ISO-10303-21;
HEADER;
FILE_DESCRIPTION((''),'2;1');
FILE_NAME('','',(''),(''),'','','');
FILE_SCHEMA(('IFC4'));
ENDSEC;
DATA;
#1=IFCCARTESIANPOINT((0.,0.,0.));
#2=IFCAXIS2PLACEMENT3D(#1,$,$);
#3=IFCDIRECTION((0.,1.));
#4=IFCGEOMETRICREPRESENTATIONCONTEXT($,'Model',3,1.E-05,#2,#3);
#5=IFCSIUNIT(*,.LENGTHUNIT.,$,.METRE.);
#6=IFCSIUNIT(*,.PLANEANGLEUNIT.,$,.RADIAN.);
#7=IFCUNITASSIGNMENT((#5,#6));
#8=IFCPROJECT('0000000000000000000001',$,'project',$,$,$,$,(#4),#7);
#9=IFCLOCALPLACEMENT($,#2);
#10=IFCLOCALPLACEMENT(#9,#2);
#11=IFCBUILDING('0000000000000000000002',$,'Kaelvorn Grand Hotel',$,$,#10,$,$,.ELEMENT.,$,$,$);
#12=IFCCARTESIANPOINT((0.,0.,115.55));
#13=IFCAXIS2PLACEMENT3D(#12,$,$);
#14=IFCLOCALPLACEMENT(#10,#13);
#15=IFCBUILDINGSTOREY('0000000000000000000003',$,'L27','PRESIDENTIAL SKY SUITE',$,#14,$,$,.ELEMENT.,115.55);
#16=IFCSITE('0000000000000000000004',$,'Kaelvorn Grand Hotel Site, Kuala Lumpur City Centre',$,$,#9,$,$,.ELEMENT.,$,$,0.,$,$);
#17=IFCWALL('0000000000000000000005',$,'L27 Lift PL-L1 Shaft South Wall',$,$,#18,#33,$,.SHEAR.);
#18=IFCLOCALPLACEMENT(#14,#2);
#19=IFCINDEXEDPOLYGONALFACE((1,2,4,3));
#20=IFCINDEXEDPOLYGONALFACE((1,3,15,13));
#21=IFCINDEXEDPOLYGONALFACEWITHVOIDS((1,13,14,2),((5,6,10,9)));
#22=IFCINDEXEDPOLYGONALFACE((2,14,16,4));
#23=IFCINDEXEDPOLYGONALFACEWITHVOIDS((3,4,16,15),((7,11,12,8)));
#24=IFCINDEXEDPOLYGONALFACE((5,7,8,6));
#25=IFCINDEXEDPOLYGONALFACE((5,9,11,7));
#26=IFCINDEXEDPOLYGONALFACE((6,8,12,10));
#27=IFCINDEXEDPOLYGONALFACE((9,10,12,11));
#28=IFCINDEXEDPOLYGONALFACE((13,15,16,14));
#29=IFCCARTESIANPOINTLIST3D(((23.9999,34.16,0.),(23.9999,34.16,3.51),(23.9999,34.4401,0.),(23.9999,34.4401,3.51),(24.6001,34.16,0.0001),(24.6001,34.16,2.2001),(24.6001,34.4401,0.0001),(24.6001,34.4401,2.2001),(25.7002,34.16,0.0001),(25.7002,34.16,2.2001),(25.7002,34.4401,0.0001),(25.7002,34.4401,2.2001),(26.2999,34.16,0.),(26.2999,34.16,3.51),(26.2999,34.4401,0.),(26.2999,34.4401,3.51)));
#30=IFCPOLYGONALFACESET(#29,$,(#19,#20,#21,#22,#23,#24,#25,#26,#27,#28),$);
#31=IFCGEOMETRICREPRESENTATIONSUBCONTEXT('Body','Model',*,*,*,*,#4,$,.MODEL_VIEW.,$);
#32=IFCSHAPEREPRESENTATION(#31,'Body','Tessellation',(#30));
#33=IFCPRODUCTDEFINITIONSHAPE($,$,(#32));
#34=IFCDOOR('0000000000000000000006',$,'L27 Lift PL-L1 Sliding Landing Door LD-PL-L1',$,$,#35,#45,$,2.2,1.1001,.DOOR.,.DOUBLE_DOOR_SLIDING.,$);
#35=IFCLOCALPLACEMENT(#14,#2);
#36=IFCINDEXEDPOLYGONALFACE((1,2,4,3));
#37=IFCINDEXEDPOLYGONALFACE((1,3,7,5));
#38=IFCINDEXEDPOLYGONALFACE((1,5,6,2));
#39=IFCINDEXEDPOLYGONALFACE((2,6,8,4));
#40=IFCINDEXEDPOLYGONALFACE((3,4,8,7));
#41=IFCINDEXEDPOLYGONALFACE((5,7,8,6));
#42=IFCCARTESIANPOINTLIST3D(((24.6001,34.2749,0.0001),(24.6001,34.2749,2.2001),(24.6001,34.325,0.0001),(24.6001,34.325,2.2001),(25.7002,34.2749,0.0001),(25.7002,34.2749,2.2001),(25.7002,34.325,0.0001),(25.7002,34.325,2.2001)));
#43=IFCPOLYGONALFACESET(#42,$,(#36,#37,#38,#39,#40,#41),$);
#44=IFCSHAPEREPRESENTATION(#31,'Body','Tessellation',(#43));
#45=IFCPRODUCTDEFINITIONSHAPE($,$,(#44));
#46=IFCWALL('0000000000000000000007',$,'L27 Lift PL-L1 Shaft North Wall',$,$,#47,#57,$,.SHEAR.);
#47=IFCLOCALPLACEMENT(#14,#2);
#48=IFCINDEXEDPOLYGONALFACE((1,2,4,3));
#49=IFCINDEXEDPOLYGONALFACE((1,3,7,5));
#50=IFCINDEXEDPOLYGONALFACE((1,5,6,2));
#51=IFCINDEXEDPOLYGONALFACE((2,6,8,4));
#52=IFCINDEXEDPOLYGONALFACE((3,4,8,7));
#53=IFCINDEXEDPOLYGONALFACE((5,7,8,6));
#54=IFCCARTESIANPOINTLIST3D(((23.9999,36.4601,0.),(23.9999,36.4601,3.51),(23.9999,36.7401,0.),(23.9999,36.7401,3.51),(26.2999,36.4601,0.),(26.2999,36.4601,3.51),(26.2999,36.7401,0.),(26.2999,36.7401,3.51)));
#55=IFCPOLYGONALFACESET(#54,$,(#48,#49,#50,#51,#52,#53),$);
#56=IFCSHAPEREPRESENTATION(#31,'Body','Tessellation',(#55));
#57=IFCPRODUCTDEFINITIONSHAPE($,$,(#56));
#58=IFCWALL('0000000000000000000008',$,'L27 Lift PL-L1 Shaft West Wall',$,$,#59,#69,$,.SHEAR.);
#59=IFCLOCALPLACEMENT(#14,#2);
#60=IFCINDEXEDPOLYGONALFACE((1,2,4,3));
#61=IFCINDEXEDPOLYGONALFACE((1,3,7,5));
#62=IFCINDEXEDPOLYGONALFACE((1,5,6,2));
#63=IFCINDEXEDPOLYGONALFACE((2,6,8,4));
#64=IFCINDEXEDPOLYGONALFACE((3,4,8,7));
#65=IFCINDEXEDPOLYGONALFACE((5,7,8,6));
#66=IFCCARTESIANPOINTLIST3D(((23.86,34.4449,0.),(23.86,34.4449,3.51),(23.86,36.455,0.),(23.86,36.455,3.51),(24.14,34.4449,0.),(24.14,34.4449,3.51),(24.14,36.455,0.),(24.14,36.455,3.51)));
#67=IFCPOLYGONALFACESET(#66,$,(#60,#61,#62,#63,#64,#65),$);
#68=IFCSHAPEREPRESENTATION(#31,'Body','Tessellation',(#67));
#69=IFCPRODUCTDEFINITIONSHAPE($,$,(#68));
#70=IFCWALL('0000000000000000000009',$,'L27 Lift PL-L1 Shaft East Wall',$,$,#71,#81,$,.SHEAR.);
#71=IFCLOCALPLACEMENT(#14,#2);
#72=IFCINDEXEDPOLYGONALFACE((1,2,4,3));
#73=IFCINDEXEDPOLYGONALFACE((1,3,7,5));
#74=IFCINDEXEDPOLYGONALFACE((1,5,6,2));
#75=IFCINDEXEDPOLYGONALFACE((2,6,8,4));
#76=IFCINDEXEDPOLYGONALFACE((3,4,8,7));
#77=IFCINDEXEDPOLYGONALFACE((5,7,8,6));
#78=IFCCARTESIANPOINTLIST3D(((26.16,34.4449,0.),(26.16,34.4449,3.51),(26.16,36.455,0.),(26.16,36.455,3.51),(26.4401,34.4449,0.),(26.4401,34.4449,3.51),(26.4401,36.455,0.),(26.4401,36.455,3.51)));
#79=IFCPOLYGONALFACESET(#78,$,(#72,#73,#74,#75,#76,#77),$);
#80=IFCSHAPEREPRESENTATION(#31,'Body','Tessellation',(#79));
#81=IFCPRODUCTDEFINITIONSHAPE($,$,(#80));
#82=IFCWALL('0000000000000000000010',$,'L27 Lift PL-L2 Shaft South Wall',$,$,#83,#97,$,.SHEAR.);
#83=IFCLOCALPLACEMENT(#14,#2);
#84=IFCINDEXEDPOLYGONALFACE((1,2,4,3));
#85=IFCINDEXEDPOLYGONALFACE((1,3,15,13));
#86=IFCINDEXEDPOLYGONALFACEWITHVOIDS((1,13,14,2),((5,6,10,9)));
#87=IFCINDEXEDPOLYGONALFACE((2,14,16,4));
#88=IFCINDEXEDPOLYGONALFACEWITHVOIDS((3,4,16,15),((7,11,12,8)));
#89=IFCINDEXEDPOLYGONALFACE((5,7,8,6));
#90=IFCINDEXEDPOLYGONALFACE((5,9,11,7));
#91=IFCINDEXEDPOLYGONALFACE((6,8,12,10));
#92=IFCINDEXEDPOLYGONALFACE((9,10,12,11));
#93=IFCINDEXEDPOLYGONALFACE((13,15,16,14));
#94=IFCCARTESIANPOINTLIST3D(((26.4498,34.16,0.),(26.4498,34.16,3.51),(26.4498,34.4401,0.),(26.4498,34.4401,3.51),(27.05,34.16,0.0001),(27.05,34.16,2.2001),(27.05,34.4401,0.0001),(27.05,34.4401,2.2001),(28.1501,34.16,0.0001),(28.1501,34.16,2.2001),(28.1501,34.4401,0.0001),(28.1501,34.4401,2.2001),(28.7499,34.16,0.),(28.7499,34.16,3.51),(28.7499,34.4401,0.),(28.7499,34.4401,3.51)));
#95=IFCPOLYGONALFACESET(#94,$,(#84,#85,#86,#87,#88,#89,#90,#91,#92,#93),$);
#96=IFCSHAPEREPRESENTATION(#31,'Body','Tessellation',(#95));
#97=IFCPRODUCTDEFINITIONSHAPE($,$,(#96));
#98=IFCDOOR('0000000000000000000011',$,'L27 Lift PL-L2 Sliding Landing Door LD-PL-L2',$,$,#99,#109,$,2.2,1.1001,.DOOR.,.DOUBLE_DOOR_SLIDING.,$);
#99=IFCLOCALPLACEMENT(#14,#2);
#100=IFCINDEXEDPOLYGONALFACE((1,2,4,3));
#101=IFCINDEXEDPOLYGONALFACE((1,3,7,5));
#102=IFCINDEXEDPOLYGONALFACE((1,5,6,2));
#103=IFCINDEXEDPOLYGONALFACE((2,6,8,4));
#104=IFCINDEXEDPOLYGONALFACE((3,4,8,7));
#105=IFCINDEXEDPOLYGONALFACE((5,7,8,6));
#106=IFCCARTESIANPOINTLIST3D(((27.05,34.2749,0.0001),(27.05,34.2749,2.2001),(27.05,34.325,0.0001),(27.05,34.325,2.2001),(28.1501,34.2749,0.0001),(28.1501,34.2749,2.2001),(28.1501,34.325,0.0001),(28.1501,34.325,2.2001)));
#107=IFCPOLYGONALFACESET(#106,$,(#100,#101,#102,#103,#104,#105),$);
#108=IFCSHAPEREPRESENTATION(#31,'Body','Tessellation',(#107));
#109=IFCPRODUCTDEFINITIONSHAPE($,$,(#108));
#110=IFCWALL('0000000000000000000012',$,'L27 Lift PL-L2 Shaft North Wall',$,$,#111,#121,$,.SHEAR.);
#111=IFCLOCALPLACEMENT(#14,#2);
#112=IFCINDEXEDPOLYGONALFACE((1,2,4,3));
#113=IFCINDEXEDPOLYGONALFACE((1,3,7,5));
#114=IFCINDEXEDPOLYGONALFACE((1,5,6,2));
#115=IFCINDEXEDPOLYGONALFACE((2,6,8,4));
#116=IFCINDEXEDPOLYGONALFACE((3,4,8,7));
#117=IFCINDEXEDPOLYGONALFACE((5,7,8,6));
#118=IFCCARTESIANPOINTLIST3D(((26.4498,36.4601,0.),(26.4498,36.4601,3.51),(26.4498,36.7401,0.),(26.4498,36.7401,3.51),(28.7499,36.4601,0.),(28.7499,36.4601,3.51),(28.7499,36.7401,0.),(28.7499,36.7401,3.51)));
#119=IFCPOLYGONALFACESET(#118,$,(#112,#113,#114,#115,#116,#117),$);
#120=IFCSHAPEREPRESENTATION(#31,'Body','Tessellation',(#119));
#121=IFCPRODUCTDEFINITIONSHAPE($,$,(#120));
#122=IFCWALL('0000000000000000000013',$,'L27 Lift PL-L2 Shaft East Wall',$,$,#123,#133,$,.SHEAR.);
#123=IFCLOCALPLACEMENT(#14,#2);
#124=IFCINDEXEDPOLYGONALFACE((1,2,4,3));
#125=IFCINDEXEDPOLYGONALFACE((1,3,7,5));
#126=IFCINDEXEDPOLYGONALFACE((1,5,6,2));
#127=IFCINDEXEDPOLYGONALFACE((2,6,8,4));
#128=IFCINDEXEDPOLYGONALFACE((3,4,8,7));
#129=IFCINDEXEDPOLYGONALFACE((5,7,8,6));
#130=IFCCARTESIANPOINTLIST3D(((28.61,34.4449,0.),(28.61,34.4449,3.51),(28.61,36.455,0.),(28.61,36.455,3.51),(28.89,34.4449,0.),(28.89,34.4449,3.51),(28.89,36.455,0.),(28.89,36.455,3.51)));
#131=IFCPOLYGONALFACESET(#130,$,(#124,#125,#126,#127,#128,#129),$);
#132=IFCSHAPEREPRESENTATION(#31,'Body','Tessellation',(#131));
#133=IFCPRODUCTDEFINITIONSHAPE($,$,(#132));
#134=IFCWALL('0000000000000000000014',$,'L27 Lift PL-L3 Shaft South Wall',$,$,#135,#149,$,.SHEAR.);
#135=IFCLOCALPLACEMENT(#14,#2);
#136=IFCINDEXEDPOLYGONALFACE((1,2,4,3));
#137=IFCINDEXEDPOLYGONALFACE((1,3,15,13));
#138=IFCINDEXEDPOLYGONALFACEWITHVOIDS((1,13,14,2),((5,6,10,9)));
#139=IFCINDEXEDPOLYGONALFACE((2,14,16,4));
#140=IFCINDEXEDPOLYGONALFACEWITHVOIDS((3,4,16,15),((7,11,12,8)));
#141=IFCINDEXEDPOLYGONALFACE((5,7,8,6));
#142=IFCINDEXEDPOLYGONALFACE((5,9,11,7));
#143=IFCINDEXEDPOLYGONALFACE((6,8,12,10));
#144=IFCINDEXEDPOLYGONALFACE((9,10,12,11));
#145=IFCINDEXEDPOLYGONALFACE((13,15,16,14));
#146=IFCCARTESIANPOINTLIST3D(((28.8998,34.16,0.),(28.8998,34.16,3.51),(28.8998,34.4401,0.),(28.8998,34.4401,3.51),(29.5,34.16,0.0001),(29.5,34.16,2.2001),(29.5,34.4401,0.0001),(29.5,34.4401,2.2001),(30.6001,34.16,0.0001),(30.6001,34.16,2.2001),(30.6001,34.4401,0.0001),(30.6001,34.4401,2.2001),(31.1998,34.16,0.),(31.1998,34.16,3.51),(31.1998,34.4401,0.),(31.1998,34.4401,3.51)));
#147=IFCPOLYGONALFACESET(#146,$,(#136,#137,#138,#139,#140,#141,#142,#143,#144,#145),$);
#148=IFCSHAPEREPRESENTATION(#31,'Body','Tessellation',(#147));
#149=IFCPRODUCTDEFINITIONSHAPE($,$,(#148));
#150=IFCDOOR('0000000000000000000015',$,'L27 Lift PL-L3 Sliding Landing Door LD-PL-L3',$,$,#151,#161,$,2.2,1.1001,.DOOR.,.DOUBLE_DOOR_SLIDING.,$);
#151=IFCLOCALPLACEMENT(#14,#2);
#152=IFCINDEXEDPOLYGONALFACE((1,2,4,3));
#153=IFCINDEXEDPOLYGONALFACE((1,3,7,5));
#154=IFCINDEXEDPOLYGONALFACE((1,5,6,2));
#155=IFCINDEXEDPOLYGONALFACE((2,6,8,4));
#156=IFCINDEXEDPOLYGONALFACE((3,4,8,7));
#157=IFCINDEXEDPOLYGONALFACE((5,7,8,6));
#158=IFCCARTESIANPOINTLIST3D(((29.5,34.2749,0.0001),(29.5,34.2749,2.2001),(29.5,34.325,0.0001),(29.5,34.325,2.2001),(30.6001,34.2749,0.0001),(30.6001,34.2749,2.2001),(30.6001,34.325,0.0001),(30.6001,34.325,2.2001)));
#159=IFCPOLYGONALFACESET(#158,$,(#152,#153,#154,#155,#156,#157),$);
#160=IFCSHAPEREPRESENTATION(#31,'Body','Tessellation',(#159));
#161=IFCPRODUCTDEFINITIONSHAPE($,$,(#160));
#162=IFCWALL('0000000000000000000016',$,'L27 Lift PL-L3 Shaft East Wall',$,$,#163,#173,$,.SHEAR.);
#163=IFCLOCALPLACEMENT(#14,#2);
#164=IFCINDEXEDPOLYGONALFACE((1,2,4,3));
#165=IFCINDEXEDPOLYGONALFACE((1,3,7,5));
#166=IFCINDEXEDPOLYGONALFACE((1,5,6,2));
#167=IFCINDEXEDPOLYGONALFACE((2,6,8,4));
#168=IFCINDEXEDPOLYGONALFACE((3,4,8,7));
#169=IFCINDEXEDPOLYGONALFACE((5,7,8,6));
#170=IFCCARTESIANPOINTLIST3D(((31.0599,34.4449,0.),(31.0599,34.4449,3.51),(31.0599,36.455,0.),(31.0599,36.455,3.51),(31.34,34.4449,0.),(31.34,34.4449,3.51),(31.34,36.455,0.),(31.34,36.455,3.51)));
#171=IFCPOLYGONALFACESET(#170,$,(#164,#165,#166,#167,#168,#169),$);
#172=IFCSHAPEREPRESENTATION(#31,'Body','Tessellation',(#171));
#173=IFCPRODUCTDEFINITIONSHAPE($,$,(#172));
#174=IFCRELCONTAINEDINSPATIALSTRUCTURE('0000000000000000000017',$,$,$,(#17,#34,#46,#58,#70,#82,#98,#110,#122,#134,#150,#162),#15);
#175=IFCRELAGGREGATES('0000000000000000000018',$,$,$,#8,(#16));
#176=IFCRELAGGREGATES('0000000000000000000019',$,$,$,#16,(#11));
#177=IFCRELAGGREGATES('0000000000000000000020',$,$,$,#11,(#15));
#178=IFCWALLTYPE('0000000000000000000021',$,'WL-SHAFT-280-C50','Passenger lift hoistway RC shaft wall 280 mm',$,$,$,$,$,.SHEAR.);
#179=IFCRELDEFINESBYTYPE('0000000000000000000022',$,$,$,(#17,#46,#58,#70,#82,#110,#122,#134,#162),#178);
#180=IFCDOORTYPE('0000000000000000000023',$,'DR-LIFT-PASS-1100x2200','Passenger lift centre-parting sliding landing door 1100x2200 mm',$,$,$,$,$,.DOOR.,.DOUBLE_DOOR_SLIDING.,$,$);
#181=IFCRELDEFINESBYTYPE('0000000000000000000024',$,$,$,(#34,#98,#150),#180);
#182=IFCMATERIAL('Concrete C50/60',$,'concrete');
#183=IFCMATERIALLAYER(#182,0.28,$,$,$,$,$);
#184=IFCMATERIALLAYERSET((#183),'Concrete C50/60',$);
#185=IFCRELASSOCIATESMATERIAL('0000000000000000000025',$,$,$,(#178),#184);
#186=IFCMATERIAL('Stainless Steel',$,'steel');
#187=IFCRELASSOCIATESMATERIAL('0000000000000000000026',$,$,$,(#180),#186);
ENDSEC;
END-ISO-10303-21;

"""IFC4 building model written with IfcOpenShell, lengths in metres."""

from ifc_helpers import new_model, si_unit, direction, frame, frame_2d, origin, place, context, subcontext, project, spatial, rectangle, extrude, material, layer, layer_set, type_object, element, fill, save


model = new_model("IFC4")

# Units and contexts
model_context = context("Model", 3, precision=1e-05, world=origin(), true_north=direction((0.0, 1.0)))
body_context = subcontext(model_context, "Body", "Model", "MODEL_VIEW")
ifc_project = project(units=[si_unit("LENGTHUNIT", "METRE"), si_unit("PLANEANGLEUNIT", "RADIAN")], contexts=[model_context])

# Site, building, storey
site_placement = place(None, origin())
site = spatial("IfcSite", under=ifc_project, at=site_placement, Name="Kaelvorn Grand Hotel Site, Kuala Lumpur City Centre", CompositionType="ELEMENT", RefElevation=0.0)
building_placement = place(site_placement, origin())
building = spatial("IfcBuilding", under=site, at=building_placement, Name="Kaelvorn Grand Hotel", CompositionType="ELEMENT")
storey_placement = place(building_placement, frame((0.0, 0.0, 115.55)))
storey = spatial("IfcBuildingStorey", under=building, at=storey_placement, Name="L27", Description="PRESIDENTIAL SKY SUITE", CompositionType="ELEMENT", Elevation=115.55)

# Wall, opening, door
ifc_material_1 = material(Name="Concrete C50/60", Category="concrete")
ifc_layer_1 = layer(ifc_material_1, 0.28)
ifc_layer_set_1 = layer_set([ifc_layer_1], Name="Concrete C50/60")
wall_type_1 = type_object("IfcWallType", Name="WL-SHAFT-280-C50", Description="Passenger lift hoistway RC shaft wall 280 mm", PredefinedType="SHEAR", material=ifc_layer_set_1)
wall_1_placement = place(storey_placement, frame((24.0, 34.3, 0.0), z_axis=(0.0, 0.0, 1.0), x_axis=(1.0, 0.0, 0.0)))
wall_1 = element("IfcWall", 1, at=wall_1_placement, inside=storey, type_object=wall_type_1, Name="L27 Lift PL-L1 Shaft South Wall", PredefinedType="SHEAR", context=body_context, shape_type="SweptSolid", body=[
    extrude(rectangle(XDim=2.3, YDim=0.28, at=frame_2d((1.1499, 0.0))), origin(), (0.0, 0.0, 1.0), 3.51),
])
opening_1_placement = place(wall_1_placement, frame((0.6001, 0.0, 0.0)))
opening_1 = element("IfcOpeningElement", 2, at=opening_1_placement, cuts=wall_1, PredefinedType="OPENING", context=body_context, shape_type="SweptSolid", body=[
    extrude(rectangle(XDim=1.1001, YDim=2.2, at=frame_2d((0.55, 1.1001))), frame((0.0, 0.1499, 0.0), z_axis=(0.0, -1.0, 0.0), x_axis=(1.0, 0.0, 0.0)), (0.0, 0.0, 1.0), 0.3),
])
ifc_material_2 = material(Name="Stainless Steel", Category="steel")
door_type_1 = type_object("IfcDoorType", Name="DR-LIFT-PASS-1100x2200", Description="Passenger lift centre-parting sliding landing door 1100x2200 mm", OperationType="DOUBLE_DOOR_SLIDING", PredefinedType="DOOR", material=ifc_material_2)
door_1_placement = place(opening_1_placement, origin())
door_1 = element("IfcDoor", 3, at=door_1_placement, inside=storey, type_object=door_type_1, Name="L27 Lift PL-L1 Sliding Landing Door LD-PL-L1", OperationType="DOUBLE_DOOR_SLIDING", OverallHeight=2.2, OverallWidth=1.1001, PredefinedType="DOOR", context=body_context, shape_type="SweptSolid", body=[
    extrude(rectangle(XDim=1.1001, YDim=2.2, at=frame_2d((0.55, 1.1001))), frame((0.0, 0.0249, 0.0), z_axis=(0.0, -1.0, 0.0), x_axis=(1.0, 0.0, 0.0)), (0.0, 0.0, 1.0), 0.05),
])
fill(opening_1, door_1)

# Walls
wall_2_placement = place(storey_placement, frame((24.0, 36.6001, 0.0), z_axis=(0.0, 0.0, 1.0), x_axis=(1.0, 0.0, 0.0)))
element("IfcWall", 4, at=wall_2_placement, inside=storey, type_object=wall_type_1, Name="L27 Lift PL-L1 Shaft North Wall", PredefinedType="SHEAR", context=body_context, shape_type="SweptSolid", body=[
    extrude(rectangle(XDim=2.3, YDim=0.28, at=frame_2d((1.1499, 0.0))), origin(), (0.0, 0.0, 1.0), 3.51),
])
for number, where, z_axis, x_axis, name in (
    (5, (24.0, 34.4451, 0.0), (0.0, 0.0, 1.0), (0.0, 1.0, 0.0), "L27 Lift PL-L1 Shaft West Wall"),
    (6, (26.3, 34.4451, 0.0), (0.0, 0.0, 1.0), (0.0, 1.0, 0.0), "L27 Lift PL-L1 Shaft East Wall"),
):
    element("IfcWall", number, at=place(storey_placement, frame(where, z_axis=z_axis, x_axis=x_axis)), inside=storey, type_object=wall_type_1, Name=name, PredefinedType="SHEAR", context=body_context, shape_type="SweptSolid", body=[
        extrude(rectangle(XDim=2.01, YDim=0.28, at=frame_2d((1.0049, 0.0))), origin(), (0.0, 0.0, 1.0), 3.51),
    ])

# Wall, opening, door
wall_3_placement = place(storey_placement, frame((26.45, 34.3, 0.0), z_axis=(0.0, 0.0, 1.0), x_axis=(1.0, 0.0, 0.0)))
wall_3 = element("IfcWall", 7, at=wall_3_placement, inside=storey, type_object=wall_type_1, Name="L27 Lift PL-L2 Shaft South Wall", PredefinedType="SHEAR", context=body_context, shape_type="SweptSolid", body=[
    extrude(rectangle(XDim=2.3, YDim=0.28, at=frame_2d((1.1499, 0.0))), origin(), (0.0, 0.0, 1.0), 3.51),
])
opening_2_placement = place(wall_3_placement, frame((0.6001, 0.0, 0.0)))
opening_2 = element("IfcOpeningElement", 8, at=opening_2_placement, cuts=wall_3, PredefinedType="OPENING", context=body_context, shape_type="SweptSolid", body=[
    extrude(rectangle(XDim=1.1001, YDim=2.2, at=frame_2d((0.55, 1.1001))), frame((0.0, 0.1499, 0.0), z_axis=(0.0, -1.0, 0.0), x_axis=(1.0, 0.0, 0.0)), (0.0, 0.0, 1.0), 0.3),
])
door_2_placement = place(opening_2_placement, origin())
door_2 = element("IfcDoor", 9, at=door_2_placement, inside=storey, type_object=door_type_1, Name="L27 Lift PL-L2 Sliding Landing Door LD-PL-L2", OperationType="DOUBLE_DOOR_SLIDING", OverallHeight=2.2, OverallWidth=1.1001, PredefinedType="DOOR", context=body_context, shape_type="SweptSolid", body=[
    extrude(rectangle(XDim=1.1001, YDim=2.2, at=frame_2d((0.55, 1.1001))), frame((0.0, 0.0249, 0.0), z_axis=(0.0, -1.0, 0.0), x_axis=(1.0, 0.0, 0.0)), (0.0, 0.0, 1.0), 0.05),
])
fill(opening_2, door_2)

# Walls
wall_4_placement = place(storey_placement, frame((26.45, 36.6001, 0.0), z_axis=(0.0, 0.0, 1.0), x_axis=(1.0, 0.0, 0.0)))
element("IfcWall", 10, at=wall_4_placement, inside=storey, type_object=wall_type_1, Name="L27 Lift PL-L2 Shaft North Wall", PredefinedType="SHEAR", context=body_context, shape_type="SweptSolid", body=[
    extrude(rectangle(XDim=2.3, YDim=0.28, at=frame_2d((1.1499, 0.0))), origin(), (0.0, 0.0, 1.0), 3.51),
])
wall_5_placement = place(storey_placement, frame((28.75, 34.4451, 0.0), z_axis=(0.0, 0.0, 1.0), x_axis=(0.0, 1.0, 0.0)))
element("IfcWall", 11, at=wall_5_placement, inside=storey, type_object=wall_type_1, Name="L27 Lift PL-L2 Shaft East Wall", PredefinedType="SHEAR", context=body_context, shape_type="SweptSolid", body=[
    extrude(rectangle(XDim=2.01, YDim=0.28, at=frame_2d((1.0049, 0.0))), origin(), (0.0, 0.0, 1.0), 3.51),
])

# Wall, opening, door
wall_6_placement = place(storey_placement, frame((28.8999, 34.3, 0.0), z_axis=(0.0, 0.0, 1.0), x_axis=(1.0, 0.0, 0.0)))
wall_6 = element("IfcWall", 12, at=wall_6_placement, inside=storey, type_object=wall_type_1, Name="L27 Lift PL-L3 Shaft South Wall", PredefinedType="SHEAR", context=body_context, shape_type="SweptSolid", body=[
    extrude(rectangle(XDim=2.3, YDim=0.28, at=frame_2d((1.1499, 0.0))), origin(), (0.0, 0.0, 1.0), 3.51),
])
opening_3_placement = place(wall_6_placement, frame((0.6001, 0.0, 0.0)))
opening_3 = element("IfcOpeningElement", 13, at=opening_3_placement, cuts=wall_6, PredefinedType="OPENING", context=body_context, shape_type="SweptSolid", body=[
    extrude(rectangle(XDim=1.1001, YDim=2.2, at=frame_2d((0.55, 1.1001))), frame((0.0, 0.1499, 0.0), z_axis=(0.0, -1.0, 0.0), x_axis=(1.0, 0.0, 0.0)), (0.0, 0.0, 1.0), 0.3),
])
door_3_placement = place(opening_3_placement, origin())
door_3 = element("IfcDoor", 14, at=door_3_placement, inside=storey, type_object=door_type_1, Name="L27 Lift PL-L3 Sliding Landing Door LD-PL-L3", OperationType="DOUBLE_DOOR_SLIDING", OverallHeight=2.2, OverallWidth=1.1001, PredefinedType="DOOR", context=body_context, shape_type="SweptSolid", body=[
    extrude(rectangle(XDim=1.1001, YDim=2.2, at=frame_2d((0.55, 1.1001))), frame((0.0, 0.0249, 0.0), z_axis=(0.0, -1.0, 0.0), x_axis=(1.0, 0.0, 0.0)), (0.0, 0.0, 1.0), 0.05),
])
fill(opening_3, door_3)

# Wall
wall_7_placement = place(storey_placement, frame((31.2, 34.4451, 0.0), z_axis=(0.0, 0.0, 1.0), x_axis=(0.0, 1.0, 0.0)))
element("IfcWall", 15, at=wall_7_placement, inside=storey, type_object=wall_type_1, Name="L27 Lift PL-L3 Shaft East Wall", PredefinedType="SHEAR", context=body_context, shape_type="SweptSolid", body=[
    extrude(rectangle(XDim=2.01, YDim=0.28, at=frame_2d((1.0049, 0.0))), origin(), (0.0, 0.0, 1.0), 3.51),
])

save(model, "model.ifc")
